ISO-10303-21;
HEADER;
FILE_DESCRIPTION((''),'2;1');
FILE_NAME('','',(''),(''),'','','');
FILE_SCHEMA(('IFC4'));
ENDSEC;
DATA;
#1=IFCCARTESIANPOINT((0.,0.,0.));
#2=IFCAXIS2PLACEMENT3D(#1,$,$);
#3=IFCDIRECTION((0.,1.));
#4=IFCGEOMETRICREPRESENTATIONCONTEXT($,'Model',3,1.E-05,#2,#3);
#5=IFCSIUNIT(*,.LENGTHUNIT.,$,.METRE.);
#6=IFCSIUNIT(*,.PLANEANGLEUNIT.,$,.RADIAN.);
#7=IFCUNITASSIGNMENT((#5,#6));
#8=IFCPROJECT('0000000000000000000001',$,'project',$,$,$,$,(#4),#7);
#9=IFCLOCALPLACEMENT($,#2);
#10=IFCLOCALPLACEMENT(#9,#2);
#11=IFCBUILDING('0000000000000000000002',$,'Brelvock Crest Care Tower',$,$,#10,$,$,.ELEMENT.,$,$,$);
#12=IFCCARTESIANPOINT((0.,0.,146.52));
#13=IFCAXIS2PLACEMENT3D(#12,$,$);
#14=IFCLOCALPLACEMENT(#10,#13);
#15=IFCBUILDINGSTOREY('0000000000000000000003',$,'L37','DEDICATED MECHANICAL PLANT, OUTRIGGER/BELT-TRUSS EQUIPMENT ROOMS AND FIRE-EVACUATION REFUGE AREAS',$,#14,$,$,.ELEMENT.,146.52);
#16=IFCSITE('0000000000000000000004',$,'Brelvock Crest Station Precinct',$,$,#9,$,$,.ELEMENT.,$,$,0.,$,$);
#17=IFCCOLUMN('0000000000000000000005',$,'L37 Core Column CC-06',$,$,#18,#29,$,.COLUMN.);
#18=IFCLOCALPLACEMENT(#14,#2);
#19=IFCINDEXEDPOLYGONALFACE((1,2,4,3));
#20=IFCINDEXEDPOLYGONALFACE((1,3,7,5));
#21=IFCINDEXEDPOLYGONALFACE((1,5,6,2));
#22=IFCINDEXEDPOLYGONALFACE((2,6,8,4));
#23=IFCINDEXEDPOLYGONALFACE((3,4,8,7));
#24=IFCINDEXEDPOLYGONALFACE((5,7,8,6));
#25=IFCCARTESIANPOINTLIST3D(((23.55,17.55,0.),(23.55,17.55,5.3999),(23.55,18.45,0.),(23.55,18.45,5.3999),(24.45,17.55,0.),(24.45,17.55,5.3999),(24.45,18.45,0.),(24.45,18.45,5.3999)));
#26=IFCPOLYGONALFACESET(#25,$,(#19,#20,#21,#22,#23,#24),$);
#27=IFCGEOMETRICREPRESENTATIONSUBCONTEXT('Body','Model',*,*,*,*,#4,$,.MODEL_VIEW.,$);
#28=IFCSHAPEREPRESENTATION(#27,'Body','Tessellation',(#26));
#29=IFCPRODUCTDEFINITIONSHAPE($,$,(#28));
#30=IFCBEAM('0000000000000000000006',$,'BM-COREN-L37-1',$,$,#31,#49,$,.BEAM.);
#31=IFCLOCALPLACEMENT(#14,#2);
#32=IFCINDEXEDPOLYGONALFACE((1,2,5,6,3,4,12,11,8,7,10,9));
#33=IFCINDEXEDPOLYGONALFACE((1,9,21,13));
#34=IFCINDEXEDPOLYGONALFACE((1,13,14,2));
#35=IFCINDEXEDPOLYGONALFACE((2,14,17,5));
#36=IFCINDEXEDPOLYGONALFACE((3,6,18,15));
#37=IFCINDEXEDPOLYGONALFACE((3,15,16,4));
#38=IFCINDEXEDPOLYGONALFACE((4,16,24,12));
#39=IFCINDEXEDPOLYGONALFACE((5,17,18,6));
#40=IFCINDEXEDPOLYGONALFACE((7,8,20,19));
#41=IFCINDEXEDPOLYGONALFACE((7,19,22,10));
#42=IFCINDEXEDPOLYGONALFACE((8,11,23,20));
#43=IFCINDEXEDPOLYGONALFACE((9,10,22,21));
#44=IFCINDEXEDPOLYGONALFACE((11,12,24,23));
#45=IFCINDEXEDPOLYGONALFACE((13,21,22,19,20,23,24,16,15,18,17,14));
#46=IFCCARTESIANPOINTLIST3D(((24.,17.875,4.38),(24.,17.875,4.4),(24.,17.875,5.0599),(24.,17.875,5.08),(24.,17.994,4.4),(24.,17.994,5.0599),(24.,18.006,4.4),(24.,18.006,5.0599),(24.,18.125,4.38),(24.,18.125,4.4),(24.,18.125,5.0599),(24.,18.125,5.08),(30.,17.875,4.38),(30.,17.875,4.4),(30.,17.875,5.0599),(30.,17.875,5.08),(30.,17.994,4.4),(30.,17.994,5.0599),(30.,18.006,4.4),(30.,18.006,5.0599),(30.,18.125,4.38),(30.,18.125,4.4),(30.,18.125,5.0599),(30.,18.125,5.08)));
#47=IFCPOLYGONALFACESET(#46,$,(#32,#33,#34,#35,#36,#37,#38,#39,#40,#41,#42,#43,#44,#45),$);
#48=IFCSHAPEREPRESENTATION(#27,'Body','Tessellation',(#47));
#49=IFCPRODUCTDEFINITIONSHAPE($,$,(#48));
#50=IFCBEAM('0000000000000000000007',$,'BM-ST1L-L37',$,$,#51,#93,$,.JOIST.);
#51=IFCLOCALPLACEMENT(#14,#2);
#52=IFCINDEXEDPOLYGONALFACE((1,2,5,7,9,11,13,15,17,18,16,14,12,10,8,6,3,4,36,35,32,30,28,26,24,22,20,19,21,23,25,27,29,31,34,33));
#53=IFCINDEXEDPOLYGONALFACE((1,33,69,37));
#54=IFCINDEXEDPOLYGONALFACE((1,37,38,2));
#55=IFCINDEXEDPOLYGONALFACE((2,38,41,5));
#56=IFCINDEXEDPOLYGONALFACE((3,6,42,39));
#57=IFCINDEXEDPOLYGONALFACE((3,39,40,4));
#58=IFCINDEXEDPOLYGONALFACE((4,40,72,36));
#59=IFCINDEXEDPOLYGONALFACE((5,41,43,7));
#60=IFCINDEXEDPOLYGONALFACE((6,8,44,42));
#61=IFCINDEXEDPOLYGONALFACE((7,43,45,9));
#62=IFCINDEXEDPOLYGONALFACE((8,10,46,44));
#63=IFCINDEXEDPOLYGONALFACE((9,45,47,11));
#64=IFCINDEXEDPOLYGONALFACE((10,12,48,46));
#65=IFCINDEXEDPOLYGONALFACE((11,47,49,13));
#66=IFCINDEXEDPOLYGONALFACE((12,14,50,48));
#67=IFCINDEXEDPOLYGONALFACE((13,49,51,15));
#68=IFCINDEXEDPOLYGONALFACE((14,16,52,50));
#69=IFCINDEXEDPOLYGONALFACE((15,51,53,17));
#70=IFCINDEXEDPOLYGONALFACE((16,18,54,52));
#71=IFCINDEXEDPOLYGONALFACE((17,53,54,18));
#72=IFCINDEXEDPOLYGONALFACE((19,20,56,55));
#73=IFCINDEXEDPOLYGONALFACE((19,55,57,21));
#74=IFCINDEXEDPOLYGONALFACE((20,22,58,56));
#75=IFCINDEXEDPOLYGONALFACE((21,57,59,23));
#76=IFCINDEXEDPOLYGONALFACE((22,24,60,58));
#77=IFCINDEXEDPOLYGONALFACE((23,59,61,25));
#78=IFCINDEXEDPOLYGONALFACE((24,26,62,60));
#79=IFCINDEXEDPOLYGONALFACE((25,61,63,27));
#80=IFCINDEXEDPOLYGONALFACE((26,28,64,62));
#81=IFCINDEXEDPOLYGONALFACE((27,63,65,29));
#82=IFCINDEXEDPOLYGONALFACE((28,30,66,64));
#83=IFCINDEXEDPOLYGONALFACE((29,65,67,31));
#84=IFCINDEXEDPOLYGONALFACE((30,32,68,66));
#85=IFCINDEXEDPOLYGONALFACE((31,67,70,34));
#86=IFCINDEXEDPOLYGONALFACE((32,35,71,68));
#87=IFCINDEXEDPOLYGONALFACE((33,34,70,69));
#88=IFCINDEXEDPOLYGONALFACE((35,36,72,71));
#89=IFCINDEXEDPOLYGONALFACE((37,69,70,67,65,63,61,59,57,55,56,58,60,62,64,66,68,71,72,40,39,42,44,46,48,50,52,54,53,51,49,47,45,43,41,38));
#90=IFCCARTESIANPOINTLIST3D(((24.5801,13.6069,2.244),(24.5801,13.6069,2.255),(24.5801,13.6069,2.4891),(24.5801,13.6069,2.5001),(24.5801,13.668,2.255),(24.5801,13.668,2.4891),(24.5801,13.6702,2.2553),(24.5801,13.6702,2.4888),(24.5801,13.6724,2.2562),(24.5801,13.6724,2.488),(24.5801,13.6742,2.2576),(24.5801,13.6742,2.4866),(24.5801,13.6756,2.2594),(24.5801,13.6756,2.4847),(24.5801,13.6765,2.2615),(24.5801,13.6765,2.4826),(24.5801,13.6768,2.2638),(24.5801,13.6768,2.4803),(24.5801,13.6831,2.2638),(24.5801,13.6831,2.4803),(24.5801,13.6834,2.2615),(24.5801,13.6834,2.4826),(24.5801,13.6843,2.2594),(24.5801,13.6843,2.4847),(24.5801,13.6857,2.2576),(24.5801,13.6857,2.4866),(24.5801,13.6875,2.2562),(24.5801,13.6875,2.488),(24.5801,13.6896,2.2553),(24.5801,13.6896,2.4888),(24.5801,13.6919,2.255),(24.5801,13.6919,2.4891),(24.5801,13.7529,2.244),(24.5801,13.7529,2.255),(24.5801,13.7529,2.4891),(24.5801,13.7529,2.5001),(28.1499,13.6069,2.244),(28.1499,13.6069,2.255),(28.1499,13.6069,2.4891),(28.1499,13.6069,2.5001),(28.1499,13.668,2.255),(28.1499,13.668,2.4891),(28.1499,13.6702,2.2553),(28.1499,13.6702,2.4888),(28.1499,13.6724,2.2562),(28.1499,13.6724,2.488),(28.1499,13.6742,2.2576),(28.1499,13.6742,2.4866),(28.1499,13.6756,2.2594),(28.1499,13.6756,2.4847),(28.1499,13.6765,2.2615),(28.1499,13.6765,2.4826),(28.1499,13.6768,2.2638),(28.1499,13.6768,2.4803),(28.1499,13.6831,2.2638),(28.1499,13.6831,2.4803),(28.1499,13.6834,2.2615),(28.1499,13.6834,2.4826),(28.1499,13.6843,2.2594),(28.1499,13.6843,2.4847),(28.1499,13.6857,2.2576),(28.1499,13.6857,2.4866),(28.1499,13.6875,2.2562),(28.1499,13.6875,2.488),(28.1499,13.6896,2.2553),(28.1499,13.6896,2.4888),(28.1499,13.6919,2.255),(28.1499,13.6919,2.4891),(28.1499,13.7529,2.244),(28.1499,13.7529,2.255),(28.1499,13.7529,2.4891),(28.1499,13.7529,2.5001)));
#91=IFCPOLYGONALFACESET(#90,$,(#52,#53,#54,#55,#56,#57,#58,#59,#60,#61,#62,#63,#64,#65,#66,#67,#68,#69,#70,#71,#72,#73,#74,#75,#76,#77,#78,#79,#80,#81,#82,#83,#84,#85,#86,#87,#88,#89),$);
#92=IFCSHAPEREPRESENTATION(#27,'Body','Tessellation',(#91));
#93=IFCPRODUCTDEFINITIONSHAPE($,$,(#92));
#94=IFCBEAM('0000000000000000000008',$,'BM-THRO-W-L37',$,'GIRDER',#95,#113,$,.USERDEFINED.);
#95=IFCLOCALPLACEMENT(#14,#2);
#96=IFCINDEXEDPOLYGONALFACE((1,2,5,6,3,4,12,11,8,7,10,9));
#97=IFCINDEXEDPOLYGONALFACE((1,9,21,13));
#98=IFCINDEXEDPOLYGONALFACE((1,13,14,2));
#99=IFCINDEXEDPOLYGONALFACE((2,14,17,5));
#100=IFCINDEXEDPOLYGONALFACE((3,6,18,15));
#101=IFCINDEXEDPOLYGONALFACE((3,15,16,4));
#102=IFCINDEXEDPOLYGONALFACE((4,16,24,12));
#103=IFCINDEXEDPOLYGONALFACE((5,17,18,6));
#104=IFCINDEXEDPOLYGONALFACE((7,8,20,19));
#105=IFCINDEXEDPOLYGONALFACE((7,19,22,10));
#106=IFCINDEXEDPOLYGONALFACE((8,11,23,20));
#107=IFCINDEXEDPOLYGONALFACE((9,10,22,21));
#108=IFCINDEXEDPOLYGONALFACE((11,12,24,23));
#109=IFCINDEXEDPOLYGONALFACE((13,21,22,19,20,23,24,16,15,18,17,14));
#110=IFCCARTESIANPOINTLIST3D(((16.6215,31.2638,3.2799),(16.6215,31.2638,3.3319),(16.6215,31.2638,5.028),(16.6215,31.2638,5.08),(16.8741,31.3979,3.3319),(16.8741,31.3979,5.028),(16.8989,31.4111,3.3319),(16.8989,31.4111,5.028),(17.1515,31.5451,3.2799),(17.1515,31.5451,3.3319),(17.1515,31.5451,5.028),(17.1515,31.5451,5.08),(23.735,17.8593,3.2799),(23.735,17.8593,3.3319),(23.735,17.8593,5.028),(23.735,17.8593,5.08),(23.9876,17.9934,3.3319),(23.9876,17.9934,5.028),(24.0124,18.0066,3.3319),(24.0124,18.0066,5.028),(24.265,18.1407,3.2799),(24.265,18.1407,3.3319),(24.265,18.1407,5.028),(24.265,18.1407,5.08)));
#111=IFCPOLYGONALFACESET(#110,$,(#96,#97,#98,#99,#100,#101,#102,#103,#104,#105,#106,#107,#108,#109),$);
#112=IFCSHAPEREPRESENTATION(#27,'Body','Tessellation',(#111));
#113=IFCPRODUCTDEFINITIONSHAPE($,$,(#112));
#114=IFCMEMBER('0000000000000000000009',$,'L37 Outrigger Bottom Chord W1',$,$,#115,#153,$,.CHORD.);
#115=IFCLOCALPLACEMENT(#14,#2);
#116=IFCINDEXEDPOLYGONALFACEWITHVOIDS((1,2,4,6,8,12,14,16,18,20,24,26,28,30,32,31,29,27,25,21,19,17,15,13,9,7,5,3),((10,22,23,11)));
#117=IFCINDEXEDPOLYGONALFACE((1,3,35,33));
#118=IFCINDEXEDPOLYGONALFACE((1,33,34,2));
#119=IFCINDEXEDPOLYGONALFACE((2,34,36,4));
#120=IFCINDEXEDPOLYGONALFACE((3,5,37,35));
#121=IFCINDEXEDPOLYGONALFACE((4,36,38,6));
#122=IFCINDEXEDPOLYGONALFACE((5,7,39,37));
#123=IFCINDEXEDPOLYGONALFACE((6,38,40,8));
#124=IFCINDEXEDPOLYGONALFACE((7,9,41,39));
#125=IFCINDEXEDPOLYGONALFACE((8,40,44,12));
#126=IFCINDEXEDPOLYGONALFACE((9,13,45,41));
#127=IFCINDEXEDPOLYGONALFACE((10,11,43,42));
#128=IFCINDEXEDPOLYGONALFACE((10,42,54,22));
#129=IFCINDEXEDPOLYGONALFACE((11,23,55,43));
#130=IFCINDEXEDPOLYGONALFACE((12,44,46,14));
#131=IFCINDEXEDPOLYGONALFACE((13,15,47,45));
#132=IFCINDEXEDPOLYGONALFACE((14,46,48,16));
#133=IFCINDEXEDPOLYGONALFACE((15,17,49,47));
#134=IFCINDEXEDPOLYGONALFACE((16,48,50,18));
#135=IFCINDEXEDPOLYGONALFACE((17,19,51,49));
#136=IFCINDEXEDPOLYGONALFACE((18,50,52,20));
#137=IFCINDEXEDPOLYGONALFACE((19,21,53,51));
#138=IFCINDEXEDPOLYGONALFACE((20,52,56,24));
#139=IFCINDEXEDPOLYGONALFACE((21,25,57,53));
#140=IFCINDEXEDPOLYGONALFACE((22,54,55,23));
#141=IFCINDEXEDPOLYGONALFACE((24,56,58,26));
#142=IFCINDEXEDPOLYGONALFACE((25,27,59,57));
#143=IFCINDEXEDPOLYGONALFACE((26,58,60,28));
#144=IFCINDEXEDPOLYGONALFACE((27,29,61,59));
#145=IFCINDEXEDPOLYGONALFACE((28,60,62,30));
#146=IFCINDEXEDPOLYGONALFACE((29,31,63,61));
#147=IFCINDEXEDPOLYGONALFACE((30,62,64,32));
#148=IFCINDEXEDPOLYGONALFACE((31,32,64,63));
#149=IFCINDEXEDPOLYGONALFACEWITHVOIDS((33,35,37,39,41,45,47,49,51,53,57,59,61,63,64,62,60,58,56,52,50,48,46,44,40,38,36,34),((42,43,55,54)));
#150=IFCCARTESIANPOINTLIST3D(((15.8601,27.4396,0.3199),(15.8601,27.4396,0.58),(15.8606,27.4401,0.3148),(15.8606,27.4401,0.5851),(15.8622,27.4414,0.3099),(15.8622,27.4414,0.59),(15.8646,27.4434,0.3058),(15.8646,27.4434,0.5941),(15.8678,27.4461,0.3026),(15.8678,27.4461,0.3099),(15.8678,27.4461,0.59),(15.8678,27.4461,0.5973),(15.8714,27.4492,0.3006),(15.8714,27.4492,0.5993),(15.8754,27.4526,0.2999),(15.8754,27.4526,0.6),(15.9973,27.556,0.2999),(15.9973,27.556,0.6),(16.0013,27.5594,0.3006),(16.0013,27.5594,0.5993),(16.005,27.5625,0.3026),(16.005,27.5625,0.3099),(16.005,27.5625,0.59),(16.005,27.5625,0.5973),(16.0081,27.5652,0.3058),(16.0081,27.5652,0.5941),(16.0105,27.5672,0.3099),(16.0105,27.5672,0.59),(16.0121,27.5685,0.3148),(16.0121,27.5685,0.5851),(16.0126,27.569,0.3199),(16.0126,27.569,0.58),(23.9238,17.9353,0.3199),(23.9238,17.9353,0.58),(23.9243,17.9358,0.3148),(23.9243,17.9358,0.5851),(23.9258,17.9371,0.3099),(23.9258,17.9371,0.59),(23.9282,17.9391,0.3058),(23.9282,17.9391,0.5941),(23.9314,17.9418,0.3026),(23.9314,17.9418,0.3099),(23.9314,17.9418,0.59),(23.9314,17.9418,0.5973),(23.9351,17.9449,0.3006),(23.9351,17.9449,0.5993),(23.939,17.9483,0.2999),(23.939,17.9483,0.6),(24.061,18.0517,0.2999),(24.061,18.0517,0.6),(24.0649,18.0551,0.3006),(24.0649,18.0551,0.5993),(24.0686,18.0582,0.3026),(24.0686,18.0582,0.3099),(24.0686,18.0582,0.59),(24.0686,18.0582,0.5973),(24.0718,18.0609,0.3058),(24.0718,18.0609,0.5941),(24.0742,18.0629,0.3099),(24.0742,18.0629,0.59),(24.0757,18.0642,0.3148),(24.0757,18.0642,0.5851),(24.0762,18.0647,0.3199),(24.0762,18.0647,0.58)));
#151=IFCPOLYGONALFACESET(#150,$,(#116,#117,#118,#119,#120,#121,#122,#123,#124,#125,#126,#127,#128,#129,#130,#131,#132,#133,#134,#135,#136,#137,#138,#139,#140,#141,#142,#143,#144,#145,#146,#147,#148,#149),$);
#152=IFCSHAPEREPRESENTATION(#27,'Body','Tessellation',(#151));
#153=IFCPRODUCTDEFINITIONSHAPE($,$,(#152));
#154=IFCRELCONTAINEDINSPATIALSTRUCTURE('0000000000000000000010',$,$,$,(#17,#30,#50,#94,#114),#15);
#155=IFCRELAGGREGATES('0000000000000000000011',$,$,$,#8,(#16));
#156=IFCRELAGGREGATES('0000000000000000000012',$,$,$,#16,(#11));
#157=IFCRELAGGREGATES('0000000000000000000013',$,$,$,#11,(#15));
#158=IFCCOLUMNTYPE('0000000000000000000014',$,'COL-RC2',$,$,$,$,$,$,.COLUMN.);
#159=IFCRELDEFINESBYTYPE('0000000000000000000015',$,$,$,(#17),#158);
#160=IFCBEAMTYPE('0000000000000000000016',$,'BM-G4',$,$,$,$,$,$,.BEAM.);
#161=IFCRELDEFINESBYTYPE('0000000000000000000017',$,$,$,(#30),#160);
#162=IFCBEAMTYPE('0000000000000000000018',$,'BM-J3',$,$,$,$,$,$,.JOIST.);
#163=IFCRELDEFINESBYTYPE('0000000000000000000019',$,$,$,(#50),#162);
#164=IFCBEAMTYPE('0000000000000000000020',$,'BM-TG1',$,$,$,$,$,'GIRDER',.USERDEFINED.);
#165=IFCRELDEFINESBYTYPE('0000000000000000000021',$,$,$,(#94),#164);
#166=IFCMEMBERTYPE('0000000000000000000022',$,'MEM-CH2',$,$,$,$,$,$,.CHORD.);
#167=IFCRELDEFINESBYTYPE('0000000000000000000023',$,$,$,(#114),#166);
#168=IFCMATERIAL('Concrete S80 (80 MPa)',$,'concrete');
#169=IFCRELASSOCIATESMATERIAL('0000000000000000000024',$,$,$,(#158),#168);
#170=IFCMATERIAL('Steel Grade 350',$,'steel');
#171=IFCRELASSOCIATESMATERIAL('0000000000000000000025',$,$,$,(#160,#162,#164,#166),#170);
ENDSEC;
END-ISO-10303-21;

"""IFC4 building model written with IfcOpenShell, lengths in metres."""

from ifc_helpers import new_model, si_unit, direction, frame, origin, origin_2d, place, context, subcontext, project, spatial, rectangle, hollow_rectangle, i_section, extrude, source, transform, mapped, material, material_profile, profile_set, type_object, element, save


model = new_model("IFC4")

# Units and contexts
model_context = context("Model", 3, precision=1e-05, world=origin(), true_north=direction((0.0, 1.0)))
body_context = subcontext(model_context, "Body", "Model", "MODEL_VIEW")
ifc_project = project(units=[si_unit("LENGTHUNIT", "METRE"), si_unit("PLANEANGLEUNIT", "RADIAN")], contexts=[model_context])

# Site, building, storey
site_placement = place(None, origin())
site = spatial("IfcSite", under=ifc_project, at=site_placement, Name="Brelvock Crest Station Precinct", CompositionType="ELEMENT", RefElevation=0.0)
building_placement = place(site_placement, origin())
building = spatial("IfcBuilding", under=site, at=building_placement, Name="Brelvock Crest Care Tower", CompositionType="ELEMENT")
storey_placement = place(building_placement, frame((0.0, 0.0, 146.52)))
storey = spatial("IfcBuildingStorey", under=building, at=storey_placement, Name="L37", Description="DEDICATED MECHANICAL PLANT, OUTRIGGER/BELT-TRUSS EQUIPMENT ROOMS AND FIRE-EVACUATION REFUGE AREAS", CompositionType="ELEMENT", Elevation=146.52)

# Column
ifc_material_1 = material(Name="Concrete S80 (80 MPa)", Category="concrete")
ifc_material_profile_1 = material_profile(ifc_material_1, rectangle(XDim=0.8999, YDim=0.8999, at=origin_2d()), Name="RC900x900")
ifc_profile_set_1 = profile_set([ifc_material_profile_1], Name="Concrete S80 (80 MPa)")
column_type = type_object("IfcColumnType", Name="COL-RC2", PredefinedType="COLUMN", material=ifc_profile_set_1)
shared_shape_1 = source(origin(), body_context, "Body", "SweptSolid", [
    extrude(rectangle(XDim=0.8999, YDim=0.8999, at=origin_2d()), origin(), (0.0, 0.0, 1.0), 5.3999),
])
column_placement = place(storey_placement, frame((24.0, 18.0, 0.0), z_axis=(0.0, 0.0, 1.0), x_axis=(1.0, 0.0, 0.0)))
element("IfcColumn", 1, at=column_placement, inside=storey, type_object=column_type, Name="L37 Core Column CC-06", PredefinedType="COLUMN", context=body_context, shape_type="MappedRepresentation", body=[
    mapped(shared_shape_1, transform((0.0, 0.0, 0.0), x_axis=(1.0, 0.0, 0.0), y_axis=(0.0, 1.0, 0.0), z_axis=(0.0, 0.0, 1.0), scale=1.0)),
])

# Beams
ifc_material_2 = material(Name="Steel Grade 350", Category="steel")
ifc_material_profile_2 = material_profile(ifc_material_2, i_section(OverallWidth=0.25, OverallDepth=0.7, WebThickness=0.012, FlangeThickness=0.02, at=origin_2d()), Name="700WB150")
ifc_profile_set_2 = profile_set([ifc_material_profile_2], Name="Steel Grade 350")
beam_type_1 = type_object("IfcBeamType", Name="BM-G4", PredefinedType="BEAM", material=ifc_profile_set_2)
shared_shape_2 = source(origin(), body_context, "Body", "SweptSolid", [
    extrude(i_section(OverallWidth=0.25, OverallDepth=0.7, WebThickness=0.012, FlangeThickness=0.02, at=origin_2d()), origin(), (0.0, 0.0, 1.0), 6.0),
])
beam_1_placement = place(storey_placement, frame((24.0, 18.0, 4.73), z_axis=(1.0, 0.0, 0.0), x_axis=(0.0, 1.0, 0.0)))
element("IfcBeam", 2, at=beam_1_placement, inside=storey, type_object=beam_type_1, Name="BM-COREN-L37-1", PredefinedType="BEAM", context=body_context, shape_type="MappedRepresentation", body=[
    mapped(shared_shape_2, transform((0.0, 0.0, 0.0), x_axis=(1.0, 0.0, 0.0), y_axis=(0.0, 1.0, 0.0), z_axis=(0.0, 0.0, 1.0), scale=1.0)),
])
ifc_material_profile_3 = material_profile(ifc_material_2, i_section(OverallWidth=0.146, OverallDepth=0.2561, WebThickness=0.0063, FlangeThickness=0.011, FilletRadius=0.0088, at=origin_2d()), Name="250UB37.3")
ifc_profile_set_3 = profile_set([ifc_material_profile_3], Name="Steel Grade 350")
beam_type_2 = type_object("IfcBeamType", Name="BM-J3", PredefinedType="JOIST", material=ifc_profile_set_3)
shared_shape_3 = source(origin(), body_context, "Body", "SweptSolid", [
    extrude(i_section(OverallWidth=0.146, OverallDepth=0.2561, WebThickness=0.0063, FlangeThickness=0.011, FilletRadius=0.0088, at=origin_2d()), origin(), (0.0, 0.0, 1.0), 3.5698),
])
beam_2_placement = place(storey_placement, frame((24.5801, 13.6799, 2.3721), z_axis=(1.0, 0.0, 0.0), x_axis=(0.0, 1.0, 0.0)))
element("IfcBeam", 3, at=beam_2_placement, inside=storey, type_object=beam_type_2, Name="BM-ST1L-L37", PredefinedType="JOIST", context=body_context, shape_type="MappedRepresentation", body=[
    mapped(shared_shape_3, transform((0.0, 0.0, 0.0), x_axis=(1.0, 0.0, 0.0), y_axis=(0.0, 1.0, 0.0), z_axis=(0.0, 0.0, 1.0), scale=1.0)),
])
ifc_material_profile_4 = material_profile(ifc_material_2, i_section(OverallWidth=0.6001, OverallDepth=1.8, WebThickness=0.0281, FlangeThickness=0.052, at=origin_2d()), Name="1800TG740")
ifc_profile_set_4 = profile_set([ifc_material_profile_4], Name="Steel Grade 350")
beam_type_3 = type_object("IfcBeamType", Name="BM-TG1", ElementType="GIRDER", PredefinedType="USERDEFINED", material=ifc_profile_set_4)
shared_shape_4 = source(origin(), body_context, "Body", "SweptSolid", [
    extrude(i_section(OverallWidth=0.6001, OverallDepth=1.8, WebThickness=0.0281, FlangeThickness=0.052, at=origin_2d()), origin(), (0.0, 0.0, 1.0), 15.175),
])
beam_3_placement = place(storey_placement, frame((24.0, 18.0, 4.1799), z_axis=(-0.468763, 0.883324, 0.0), x_axis=(-0.883324, -0.468763, 0.0)))
element("IfcBeam", 4, at=beam_3_placement, inside=storey, type_object=beam_type_3, Name="BM-THRO-W-L37", ObjectType="GIRDER", PredefinedType="USERDEFINED", context=body_context, shape_type="MappedRepresentation", body=[
    mapped(shared_shape_4, transform((0.0, 0.0, 0.0), x_axis=(1.0, 0.0, 0.0), y_axis=(0.0, 1.0, 0.0), z_axis=(0.0, 0.0, 1.0), scale=1.0)),
])

# Member
ifc_material_profile_5 = material_profile(ifc_material_2, hollow_rectangle(XDim=0.2, YDim=0.3, WallThickness=0.01, OuterFilletRadius=0.02, at=origin_2d()), Name="RHS300x200x10.0")
ifc_profile_set_5 = profile_set([ifc_material_profile_5], Name="Steel Grade 350")
member_type_1 = type_object("IfcMemberType", Name="MEM-CH2", PredefinedType="CHORD", material=ifc_profile_set_5)
shared_shape_5 = source(origin(), body_context, "Body", "SweptSolid", [
    extrude(hollow_rectangle(XDim=0.2, YDim=0.3, WallThickness=0.01, OuterFilletRadius=0.02, at=origin_2d()), origin(), (0.0, 0.0, 1.0), 12.4641),
])
member_1_placement = place(storey_placement, frame((24.0, 18.0, 0.45), z_axis=(-0.646949, 0.762533, 0.0), x_axis=(-0.762533, -0.646949, 0.0)))
element("IfcMember", 5, at=member_1_placement, inside=storey, type_object=member_type_1, Name="L37 Outrigger Bottom Chord W1", PredefinedType="CHORD", context=body_context, shape_type="MappedRepresentation", body=[
    mapped(shared_shape_5, transform((0.0, 0.0, 0.0), x_axis=(1.0, 0.0, 0.0), y_axis=(0.0, 1.0, 0.0), z_axis=(0.0, 0.0, 1.0), scale=1.0)),
])

save(model, "model.ifc")
